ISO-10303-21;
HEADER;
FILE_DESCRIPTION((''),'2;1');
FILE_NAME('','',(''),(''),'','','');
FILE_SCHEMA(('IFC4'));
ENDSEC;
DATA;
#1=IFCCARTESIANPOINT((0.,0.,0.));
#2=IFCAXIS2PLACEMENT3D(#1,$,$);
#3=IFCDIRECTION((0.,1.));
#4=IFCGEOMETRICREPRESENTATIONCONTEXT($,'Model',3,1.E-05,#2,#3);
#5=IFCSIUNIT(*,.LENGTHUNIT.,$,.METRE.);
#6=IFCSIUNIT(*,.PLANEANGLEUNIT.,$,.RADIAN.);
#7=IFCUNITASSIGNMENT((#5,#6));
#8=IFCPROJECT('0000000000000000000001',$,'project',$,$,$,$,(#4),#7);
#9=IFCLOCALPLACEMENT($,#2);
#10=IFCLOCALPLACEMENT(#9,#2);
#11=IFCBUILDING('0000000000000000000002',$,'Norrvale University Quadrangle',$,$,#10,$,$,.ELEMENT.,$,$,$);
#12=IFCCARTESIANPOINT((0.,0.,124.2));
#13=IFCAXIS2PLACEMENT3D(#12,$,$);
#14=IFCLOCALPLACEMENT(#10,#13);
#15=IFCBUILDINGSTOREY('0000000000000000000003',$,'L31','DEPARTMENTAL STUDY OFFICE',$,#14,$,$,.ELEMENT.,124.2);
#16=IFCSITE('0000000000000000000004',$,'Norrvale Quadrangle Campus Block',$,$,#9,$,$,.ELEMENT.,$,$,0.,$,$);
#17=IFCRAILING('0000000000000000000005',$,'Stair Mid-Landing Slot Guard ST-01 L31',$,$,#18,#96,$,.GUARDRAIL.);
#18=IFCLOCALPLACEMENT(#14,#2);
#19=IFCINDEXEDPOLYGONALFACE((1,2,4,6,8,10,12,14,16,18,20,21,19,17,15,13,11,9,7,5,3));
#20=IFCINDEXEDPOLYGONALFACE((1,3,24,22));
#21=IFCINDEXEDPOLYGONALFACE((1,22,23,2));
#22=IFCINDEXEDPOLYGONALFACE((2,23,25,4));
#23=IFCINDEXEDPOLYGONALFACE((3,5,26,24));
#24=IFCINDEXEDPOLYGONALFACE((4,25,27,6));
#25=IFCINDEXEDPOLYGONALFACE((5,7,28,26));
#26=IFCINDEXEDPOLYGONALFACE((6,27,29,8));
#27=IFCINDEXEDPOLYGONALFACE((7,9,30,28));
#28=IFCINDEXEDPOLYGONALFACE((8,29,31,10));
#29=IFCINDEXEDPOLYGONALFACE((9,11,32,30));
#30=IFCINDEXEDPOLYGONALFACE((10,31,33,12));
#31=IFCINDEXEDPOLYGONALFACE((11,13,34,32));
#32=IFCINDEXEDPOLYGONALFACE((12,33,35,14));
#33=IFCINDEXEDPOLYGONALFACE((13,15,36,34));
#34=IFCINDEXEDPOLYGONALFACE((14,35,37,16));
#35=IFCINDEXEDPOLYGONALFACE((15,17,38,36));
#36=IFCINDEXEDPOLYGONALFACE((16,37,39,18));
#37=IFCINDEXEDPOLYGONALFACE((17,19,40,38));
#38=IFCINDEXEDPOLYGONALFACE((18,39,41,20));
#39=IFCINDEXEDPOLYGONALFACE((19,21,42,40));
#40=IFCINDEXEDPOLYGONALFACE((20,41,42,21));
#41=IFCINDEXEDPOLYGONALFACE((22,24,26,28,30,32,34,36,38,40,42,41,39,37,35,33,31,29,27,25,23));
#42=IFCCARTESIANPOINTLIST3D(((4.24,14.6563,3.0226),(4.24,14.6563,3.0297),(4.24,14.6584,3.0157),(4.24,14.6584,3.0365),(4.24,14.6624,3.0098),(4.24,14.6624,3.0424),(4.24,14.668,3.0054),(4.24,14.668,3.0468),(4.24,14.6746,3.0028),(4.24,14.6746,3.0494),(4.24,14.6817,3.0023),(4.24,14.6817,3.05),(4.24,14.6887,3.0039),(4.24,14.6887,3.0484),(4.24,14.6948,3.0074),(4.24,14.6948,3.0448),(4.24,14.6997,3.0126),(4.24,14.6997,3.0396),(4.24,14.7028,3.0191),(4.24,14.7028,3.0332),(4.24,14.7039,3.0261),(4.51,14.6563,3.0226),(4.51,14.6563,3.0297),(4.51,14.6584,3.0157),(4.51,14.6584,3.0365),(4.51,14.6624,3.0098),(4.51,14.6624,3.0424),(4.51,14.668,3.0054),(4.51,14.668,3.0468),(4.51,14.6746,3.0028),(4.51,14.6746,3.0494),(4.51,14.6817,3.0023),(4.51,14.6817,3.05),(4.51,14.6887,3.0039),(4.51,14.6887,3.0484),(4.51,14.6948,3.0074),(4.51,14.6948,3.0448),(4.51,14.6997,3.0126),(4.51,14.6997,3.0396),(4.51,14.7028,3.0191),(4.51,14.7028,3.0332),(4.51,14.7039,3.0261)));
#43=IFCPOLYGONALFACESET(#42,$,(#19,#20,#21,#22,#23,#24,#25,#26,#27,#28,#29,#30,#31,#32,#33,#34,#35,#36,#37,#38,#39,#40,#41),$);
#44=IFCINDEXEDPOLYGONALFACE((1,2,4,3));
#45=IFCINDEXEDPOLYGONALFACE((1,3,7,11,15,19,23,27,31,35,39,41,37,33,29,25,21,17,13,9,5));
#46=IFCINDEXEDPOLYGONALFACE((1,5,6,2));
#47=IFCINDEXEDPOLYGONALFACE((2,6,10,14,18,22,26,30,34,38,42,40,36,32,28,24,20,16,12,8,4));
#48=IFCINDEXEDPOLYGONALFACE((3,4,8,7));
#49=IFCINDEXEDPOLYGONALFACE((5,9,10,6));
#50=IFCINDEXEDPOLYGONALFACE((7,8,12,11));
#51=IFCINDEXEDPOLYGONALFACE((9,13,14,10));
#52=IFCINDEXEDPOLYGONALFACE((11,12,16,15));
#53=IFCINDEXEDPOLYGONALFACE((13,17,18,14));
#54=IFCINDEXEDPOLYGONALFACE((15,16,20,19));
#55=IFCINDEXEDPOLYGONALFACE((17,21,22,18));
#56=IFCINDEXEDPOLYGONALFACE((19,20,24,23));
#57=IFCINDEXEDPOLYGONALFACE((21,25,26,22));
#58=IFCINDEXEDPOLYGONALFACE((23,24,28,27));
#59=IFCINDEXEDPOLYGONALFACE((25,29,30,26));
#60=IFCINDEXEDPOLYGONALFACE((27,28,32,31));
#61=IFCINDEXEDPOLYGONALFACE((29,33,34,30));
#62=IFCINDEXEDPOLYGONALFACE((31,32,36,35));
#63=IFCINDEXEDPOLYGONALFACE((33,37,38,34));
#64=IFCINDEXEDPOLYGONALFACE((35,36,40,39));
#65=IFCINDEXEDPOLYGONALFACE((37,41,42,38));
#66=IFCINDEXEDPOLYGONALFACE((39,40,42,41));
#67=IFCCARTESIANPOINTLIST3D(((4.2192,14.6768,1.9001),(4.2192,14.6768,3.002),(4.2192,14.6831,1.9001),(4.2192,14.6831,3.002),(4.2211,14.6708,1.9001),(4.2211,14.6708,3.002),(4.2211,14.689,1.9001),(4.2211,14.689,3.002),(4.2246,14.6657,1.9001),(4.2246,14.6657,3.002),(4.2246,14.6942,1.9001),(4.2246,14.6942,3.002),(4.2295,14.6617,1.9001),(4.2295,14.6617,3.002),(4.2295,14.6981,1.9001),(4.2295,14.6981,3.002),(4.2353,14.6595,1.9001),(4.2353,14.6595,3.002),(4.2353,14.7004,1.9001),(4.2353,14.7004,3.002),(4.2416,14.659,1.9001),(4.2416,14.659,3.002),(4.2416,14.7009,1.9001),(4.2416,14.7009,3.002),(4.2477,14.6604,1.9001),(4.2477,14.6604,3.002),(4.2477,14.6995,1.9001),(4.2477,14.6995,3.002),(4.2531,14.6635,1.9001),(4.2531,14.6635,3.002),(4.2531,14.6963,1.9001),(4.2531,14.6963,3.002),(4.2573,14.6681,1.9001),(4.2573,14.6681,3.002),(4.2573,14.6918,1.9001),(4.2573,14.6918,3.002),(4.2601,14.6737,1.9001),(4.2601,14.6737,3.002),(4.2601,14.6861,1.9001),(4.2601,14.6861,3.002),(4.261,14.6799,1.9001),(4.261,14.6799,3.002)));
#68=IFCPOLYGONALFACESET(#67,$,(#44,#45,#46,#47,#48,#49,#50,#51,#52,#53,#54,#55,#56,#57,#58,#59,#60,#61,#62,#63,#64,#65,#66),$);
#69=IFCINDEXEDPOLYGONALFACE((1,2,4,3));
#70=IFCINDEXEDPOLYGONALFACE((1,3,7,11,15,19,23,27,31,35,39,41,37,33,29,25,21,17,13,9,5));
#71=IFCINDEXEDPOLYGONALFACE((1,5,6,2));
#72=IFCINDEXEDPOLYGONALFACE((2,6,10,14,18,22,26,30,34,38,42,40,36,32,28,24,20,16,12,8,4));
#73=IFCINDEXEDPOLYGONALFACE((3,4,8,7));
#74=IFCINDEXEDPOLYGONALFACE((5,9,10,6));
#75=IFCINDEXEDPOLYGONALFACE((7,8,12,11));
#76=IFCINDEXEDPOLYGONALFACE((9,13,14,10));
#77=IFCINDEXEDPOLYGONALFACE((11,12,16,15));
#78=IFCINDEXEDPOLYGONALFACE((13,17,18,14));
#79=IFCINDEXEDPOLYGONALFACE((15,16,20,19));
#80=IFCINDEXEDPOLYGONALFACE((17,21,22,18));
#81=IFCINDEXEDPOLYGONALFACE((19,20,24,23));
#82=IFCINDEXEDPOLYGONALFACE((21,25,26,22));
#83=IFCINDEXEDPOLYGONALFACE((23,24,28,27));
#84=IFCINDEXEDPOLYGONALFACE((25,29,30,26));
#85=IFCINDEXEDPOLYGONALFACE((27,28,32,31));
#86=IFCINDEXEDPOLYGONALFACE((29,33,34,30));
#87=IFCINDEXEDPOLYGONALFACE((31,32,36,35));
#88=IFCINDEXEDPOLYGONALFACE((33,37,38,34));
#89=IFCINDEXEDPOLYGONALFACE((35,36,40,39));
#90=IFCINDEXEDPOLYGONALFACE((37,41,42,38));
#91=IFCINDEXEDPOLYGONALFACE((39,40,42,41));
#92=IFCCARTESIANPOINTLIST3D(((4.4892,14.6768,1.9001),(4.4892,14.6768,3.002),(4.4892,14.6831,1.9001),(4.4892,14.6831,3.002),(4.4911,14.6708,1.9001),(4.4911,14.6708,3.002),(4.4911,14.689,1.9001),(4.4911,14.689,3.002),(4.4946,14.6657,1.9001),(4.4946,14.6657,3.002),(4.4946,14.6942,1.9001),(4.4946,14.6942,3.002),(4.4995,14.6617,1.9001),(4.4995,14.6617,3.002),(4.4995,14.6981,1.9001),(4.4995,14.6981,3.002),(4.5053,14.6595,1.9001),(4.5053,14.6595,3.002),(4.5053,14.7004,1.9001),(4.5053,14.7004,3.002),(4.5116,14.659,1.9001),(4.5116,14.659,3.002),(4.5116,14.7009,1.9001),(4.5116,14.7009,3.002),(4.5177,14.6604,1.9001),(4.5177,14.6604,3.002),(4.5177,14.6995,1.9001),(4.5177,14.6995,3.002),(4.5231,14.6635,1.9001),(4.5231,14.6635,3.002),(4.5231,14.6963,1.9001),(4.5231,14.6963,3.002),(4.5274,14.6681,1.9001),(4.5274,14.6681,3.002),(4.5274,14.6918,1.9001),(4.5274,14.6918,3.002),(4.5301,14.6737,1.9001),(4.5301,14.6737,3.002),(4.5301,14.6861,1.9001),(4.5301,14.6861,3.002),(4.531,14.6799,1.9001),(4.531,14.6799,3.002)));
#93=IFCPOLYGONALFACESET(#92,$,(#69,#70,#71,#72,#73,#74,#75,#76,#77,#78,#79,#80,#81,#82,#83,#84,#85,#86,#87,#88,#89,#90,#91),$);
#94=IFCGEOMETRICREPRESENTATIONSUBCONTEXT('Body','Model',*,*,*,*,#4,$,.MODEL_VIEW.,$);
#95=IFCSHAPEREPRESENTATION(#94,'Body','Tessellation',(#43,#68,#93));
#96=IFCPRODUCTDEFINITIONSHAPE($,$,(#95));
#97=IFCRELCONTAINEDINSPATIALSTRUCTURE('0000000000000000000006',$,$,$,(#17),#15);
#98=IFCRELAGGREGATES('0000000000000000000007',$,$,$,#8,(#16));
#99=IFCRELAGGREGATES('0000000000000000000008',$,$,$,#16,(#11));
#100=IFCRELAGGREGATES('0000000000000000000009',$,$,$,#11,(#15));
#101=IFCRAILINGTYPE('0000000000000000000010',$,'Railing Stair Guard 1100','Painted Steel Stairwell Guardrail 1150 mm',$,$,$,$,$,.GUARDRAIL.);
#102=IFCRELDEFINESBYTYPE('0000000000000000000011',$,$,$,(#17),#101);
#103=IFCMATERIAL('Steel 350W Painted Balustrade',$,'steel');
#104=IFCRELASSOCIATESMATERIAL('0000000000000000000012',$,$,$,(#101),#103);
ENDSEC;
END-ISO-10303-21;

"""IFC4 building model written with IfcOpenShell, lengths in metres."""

from ifc_helpers import new_model, si_unit, direction, frame, origin, origin_2d, place, context, subcontext, project, spatial, circle, extrude, material, type_object, element, save


model = new_model("IFC4")

# Units and contexts
model_context = context("Model", 3, precision=1e-05, world=origin(), true_north=direction((0.0, 1.0)))
body_context = subcontext(model_context, "Body", "Model", "MODEL_VIEW")
ifc_project = project(units=[si_unit("LENGTHUNIT", "METRE"), si_unit("PLANEANGLEUNIT", "RADIAN")], contexts=[model_context])

# Site, building, storey
site_placement = place(None, origin())
site = spatial("IfcSite", under=ifc_project, at=site_placement, Name="Norrvale Quadrangle Campus Block", CompositionType="ELEMENT", RefElevation=0.0)
building_placement = place(site_placement, origin())
building = spatial("IfcBuilding", under=site, at=building_placement, Name="Norrvale University Quadrangle", CompositionType="ELEMENT")
storey_placement = place(building_placement, frame((0.0, 0.0, 124.2)))
storey = spatial("IfcBuildingStorey", under=building, at=storey_placement, Name="L31", Description="DEPARTMENTAL STUDY OFFICE", CompositionType="ELEMENT", Elevation=124.2)

# Railing
ifc_material_1 = material(Name="Steel 350W Painted Balustrade", Category="steel")
railing_type_1 = type_object("IfcRailingType", Name="Railing Stair Guard 1100", Description="Painted Steel Stairwell Guardrail 1150 mm", PredefinedType="GUARDRAIL", material=ifc_material_1)
railing_1_placement = place(storey_placement, frame((4.24, 14.6799, 1.9001)))
element("IfcRailing", 1, at=railing_1_placement, inside=storey, type_object=railing_type_1, Name="Stair Mid-Landing Slot Guard ST-01 L31", PredefinedType="GUARDRAIL", context=body_context, shape_type="SweptSolid", body=[
    extrude(circle(Radius=0.0239, at=origin_2d()), frame((0.0, 0.0, 1.126), z_axis=(1.0, 0.0, 0.0), x_axis=(0.0, 1.0, 0.0)), (0.0, 0.0, 1.0), 0.27),
    extrude(circle(Radius=0.021, at=origin_2d()), origin(), (0.0, 0.0, 1.0), 1.1018),
    extrude(circle(Radius=0.021, at=origin_2d()), frame((0.27, 0.0, 0.0)), (0.0, 0.0, 1.0), 1.1018),
])

save(model, "model.ifc")
